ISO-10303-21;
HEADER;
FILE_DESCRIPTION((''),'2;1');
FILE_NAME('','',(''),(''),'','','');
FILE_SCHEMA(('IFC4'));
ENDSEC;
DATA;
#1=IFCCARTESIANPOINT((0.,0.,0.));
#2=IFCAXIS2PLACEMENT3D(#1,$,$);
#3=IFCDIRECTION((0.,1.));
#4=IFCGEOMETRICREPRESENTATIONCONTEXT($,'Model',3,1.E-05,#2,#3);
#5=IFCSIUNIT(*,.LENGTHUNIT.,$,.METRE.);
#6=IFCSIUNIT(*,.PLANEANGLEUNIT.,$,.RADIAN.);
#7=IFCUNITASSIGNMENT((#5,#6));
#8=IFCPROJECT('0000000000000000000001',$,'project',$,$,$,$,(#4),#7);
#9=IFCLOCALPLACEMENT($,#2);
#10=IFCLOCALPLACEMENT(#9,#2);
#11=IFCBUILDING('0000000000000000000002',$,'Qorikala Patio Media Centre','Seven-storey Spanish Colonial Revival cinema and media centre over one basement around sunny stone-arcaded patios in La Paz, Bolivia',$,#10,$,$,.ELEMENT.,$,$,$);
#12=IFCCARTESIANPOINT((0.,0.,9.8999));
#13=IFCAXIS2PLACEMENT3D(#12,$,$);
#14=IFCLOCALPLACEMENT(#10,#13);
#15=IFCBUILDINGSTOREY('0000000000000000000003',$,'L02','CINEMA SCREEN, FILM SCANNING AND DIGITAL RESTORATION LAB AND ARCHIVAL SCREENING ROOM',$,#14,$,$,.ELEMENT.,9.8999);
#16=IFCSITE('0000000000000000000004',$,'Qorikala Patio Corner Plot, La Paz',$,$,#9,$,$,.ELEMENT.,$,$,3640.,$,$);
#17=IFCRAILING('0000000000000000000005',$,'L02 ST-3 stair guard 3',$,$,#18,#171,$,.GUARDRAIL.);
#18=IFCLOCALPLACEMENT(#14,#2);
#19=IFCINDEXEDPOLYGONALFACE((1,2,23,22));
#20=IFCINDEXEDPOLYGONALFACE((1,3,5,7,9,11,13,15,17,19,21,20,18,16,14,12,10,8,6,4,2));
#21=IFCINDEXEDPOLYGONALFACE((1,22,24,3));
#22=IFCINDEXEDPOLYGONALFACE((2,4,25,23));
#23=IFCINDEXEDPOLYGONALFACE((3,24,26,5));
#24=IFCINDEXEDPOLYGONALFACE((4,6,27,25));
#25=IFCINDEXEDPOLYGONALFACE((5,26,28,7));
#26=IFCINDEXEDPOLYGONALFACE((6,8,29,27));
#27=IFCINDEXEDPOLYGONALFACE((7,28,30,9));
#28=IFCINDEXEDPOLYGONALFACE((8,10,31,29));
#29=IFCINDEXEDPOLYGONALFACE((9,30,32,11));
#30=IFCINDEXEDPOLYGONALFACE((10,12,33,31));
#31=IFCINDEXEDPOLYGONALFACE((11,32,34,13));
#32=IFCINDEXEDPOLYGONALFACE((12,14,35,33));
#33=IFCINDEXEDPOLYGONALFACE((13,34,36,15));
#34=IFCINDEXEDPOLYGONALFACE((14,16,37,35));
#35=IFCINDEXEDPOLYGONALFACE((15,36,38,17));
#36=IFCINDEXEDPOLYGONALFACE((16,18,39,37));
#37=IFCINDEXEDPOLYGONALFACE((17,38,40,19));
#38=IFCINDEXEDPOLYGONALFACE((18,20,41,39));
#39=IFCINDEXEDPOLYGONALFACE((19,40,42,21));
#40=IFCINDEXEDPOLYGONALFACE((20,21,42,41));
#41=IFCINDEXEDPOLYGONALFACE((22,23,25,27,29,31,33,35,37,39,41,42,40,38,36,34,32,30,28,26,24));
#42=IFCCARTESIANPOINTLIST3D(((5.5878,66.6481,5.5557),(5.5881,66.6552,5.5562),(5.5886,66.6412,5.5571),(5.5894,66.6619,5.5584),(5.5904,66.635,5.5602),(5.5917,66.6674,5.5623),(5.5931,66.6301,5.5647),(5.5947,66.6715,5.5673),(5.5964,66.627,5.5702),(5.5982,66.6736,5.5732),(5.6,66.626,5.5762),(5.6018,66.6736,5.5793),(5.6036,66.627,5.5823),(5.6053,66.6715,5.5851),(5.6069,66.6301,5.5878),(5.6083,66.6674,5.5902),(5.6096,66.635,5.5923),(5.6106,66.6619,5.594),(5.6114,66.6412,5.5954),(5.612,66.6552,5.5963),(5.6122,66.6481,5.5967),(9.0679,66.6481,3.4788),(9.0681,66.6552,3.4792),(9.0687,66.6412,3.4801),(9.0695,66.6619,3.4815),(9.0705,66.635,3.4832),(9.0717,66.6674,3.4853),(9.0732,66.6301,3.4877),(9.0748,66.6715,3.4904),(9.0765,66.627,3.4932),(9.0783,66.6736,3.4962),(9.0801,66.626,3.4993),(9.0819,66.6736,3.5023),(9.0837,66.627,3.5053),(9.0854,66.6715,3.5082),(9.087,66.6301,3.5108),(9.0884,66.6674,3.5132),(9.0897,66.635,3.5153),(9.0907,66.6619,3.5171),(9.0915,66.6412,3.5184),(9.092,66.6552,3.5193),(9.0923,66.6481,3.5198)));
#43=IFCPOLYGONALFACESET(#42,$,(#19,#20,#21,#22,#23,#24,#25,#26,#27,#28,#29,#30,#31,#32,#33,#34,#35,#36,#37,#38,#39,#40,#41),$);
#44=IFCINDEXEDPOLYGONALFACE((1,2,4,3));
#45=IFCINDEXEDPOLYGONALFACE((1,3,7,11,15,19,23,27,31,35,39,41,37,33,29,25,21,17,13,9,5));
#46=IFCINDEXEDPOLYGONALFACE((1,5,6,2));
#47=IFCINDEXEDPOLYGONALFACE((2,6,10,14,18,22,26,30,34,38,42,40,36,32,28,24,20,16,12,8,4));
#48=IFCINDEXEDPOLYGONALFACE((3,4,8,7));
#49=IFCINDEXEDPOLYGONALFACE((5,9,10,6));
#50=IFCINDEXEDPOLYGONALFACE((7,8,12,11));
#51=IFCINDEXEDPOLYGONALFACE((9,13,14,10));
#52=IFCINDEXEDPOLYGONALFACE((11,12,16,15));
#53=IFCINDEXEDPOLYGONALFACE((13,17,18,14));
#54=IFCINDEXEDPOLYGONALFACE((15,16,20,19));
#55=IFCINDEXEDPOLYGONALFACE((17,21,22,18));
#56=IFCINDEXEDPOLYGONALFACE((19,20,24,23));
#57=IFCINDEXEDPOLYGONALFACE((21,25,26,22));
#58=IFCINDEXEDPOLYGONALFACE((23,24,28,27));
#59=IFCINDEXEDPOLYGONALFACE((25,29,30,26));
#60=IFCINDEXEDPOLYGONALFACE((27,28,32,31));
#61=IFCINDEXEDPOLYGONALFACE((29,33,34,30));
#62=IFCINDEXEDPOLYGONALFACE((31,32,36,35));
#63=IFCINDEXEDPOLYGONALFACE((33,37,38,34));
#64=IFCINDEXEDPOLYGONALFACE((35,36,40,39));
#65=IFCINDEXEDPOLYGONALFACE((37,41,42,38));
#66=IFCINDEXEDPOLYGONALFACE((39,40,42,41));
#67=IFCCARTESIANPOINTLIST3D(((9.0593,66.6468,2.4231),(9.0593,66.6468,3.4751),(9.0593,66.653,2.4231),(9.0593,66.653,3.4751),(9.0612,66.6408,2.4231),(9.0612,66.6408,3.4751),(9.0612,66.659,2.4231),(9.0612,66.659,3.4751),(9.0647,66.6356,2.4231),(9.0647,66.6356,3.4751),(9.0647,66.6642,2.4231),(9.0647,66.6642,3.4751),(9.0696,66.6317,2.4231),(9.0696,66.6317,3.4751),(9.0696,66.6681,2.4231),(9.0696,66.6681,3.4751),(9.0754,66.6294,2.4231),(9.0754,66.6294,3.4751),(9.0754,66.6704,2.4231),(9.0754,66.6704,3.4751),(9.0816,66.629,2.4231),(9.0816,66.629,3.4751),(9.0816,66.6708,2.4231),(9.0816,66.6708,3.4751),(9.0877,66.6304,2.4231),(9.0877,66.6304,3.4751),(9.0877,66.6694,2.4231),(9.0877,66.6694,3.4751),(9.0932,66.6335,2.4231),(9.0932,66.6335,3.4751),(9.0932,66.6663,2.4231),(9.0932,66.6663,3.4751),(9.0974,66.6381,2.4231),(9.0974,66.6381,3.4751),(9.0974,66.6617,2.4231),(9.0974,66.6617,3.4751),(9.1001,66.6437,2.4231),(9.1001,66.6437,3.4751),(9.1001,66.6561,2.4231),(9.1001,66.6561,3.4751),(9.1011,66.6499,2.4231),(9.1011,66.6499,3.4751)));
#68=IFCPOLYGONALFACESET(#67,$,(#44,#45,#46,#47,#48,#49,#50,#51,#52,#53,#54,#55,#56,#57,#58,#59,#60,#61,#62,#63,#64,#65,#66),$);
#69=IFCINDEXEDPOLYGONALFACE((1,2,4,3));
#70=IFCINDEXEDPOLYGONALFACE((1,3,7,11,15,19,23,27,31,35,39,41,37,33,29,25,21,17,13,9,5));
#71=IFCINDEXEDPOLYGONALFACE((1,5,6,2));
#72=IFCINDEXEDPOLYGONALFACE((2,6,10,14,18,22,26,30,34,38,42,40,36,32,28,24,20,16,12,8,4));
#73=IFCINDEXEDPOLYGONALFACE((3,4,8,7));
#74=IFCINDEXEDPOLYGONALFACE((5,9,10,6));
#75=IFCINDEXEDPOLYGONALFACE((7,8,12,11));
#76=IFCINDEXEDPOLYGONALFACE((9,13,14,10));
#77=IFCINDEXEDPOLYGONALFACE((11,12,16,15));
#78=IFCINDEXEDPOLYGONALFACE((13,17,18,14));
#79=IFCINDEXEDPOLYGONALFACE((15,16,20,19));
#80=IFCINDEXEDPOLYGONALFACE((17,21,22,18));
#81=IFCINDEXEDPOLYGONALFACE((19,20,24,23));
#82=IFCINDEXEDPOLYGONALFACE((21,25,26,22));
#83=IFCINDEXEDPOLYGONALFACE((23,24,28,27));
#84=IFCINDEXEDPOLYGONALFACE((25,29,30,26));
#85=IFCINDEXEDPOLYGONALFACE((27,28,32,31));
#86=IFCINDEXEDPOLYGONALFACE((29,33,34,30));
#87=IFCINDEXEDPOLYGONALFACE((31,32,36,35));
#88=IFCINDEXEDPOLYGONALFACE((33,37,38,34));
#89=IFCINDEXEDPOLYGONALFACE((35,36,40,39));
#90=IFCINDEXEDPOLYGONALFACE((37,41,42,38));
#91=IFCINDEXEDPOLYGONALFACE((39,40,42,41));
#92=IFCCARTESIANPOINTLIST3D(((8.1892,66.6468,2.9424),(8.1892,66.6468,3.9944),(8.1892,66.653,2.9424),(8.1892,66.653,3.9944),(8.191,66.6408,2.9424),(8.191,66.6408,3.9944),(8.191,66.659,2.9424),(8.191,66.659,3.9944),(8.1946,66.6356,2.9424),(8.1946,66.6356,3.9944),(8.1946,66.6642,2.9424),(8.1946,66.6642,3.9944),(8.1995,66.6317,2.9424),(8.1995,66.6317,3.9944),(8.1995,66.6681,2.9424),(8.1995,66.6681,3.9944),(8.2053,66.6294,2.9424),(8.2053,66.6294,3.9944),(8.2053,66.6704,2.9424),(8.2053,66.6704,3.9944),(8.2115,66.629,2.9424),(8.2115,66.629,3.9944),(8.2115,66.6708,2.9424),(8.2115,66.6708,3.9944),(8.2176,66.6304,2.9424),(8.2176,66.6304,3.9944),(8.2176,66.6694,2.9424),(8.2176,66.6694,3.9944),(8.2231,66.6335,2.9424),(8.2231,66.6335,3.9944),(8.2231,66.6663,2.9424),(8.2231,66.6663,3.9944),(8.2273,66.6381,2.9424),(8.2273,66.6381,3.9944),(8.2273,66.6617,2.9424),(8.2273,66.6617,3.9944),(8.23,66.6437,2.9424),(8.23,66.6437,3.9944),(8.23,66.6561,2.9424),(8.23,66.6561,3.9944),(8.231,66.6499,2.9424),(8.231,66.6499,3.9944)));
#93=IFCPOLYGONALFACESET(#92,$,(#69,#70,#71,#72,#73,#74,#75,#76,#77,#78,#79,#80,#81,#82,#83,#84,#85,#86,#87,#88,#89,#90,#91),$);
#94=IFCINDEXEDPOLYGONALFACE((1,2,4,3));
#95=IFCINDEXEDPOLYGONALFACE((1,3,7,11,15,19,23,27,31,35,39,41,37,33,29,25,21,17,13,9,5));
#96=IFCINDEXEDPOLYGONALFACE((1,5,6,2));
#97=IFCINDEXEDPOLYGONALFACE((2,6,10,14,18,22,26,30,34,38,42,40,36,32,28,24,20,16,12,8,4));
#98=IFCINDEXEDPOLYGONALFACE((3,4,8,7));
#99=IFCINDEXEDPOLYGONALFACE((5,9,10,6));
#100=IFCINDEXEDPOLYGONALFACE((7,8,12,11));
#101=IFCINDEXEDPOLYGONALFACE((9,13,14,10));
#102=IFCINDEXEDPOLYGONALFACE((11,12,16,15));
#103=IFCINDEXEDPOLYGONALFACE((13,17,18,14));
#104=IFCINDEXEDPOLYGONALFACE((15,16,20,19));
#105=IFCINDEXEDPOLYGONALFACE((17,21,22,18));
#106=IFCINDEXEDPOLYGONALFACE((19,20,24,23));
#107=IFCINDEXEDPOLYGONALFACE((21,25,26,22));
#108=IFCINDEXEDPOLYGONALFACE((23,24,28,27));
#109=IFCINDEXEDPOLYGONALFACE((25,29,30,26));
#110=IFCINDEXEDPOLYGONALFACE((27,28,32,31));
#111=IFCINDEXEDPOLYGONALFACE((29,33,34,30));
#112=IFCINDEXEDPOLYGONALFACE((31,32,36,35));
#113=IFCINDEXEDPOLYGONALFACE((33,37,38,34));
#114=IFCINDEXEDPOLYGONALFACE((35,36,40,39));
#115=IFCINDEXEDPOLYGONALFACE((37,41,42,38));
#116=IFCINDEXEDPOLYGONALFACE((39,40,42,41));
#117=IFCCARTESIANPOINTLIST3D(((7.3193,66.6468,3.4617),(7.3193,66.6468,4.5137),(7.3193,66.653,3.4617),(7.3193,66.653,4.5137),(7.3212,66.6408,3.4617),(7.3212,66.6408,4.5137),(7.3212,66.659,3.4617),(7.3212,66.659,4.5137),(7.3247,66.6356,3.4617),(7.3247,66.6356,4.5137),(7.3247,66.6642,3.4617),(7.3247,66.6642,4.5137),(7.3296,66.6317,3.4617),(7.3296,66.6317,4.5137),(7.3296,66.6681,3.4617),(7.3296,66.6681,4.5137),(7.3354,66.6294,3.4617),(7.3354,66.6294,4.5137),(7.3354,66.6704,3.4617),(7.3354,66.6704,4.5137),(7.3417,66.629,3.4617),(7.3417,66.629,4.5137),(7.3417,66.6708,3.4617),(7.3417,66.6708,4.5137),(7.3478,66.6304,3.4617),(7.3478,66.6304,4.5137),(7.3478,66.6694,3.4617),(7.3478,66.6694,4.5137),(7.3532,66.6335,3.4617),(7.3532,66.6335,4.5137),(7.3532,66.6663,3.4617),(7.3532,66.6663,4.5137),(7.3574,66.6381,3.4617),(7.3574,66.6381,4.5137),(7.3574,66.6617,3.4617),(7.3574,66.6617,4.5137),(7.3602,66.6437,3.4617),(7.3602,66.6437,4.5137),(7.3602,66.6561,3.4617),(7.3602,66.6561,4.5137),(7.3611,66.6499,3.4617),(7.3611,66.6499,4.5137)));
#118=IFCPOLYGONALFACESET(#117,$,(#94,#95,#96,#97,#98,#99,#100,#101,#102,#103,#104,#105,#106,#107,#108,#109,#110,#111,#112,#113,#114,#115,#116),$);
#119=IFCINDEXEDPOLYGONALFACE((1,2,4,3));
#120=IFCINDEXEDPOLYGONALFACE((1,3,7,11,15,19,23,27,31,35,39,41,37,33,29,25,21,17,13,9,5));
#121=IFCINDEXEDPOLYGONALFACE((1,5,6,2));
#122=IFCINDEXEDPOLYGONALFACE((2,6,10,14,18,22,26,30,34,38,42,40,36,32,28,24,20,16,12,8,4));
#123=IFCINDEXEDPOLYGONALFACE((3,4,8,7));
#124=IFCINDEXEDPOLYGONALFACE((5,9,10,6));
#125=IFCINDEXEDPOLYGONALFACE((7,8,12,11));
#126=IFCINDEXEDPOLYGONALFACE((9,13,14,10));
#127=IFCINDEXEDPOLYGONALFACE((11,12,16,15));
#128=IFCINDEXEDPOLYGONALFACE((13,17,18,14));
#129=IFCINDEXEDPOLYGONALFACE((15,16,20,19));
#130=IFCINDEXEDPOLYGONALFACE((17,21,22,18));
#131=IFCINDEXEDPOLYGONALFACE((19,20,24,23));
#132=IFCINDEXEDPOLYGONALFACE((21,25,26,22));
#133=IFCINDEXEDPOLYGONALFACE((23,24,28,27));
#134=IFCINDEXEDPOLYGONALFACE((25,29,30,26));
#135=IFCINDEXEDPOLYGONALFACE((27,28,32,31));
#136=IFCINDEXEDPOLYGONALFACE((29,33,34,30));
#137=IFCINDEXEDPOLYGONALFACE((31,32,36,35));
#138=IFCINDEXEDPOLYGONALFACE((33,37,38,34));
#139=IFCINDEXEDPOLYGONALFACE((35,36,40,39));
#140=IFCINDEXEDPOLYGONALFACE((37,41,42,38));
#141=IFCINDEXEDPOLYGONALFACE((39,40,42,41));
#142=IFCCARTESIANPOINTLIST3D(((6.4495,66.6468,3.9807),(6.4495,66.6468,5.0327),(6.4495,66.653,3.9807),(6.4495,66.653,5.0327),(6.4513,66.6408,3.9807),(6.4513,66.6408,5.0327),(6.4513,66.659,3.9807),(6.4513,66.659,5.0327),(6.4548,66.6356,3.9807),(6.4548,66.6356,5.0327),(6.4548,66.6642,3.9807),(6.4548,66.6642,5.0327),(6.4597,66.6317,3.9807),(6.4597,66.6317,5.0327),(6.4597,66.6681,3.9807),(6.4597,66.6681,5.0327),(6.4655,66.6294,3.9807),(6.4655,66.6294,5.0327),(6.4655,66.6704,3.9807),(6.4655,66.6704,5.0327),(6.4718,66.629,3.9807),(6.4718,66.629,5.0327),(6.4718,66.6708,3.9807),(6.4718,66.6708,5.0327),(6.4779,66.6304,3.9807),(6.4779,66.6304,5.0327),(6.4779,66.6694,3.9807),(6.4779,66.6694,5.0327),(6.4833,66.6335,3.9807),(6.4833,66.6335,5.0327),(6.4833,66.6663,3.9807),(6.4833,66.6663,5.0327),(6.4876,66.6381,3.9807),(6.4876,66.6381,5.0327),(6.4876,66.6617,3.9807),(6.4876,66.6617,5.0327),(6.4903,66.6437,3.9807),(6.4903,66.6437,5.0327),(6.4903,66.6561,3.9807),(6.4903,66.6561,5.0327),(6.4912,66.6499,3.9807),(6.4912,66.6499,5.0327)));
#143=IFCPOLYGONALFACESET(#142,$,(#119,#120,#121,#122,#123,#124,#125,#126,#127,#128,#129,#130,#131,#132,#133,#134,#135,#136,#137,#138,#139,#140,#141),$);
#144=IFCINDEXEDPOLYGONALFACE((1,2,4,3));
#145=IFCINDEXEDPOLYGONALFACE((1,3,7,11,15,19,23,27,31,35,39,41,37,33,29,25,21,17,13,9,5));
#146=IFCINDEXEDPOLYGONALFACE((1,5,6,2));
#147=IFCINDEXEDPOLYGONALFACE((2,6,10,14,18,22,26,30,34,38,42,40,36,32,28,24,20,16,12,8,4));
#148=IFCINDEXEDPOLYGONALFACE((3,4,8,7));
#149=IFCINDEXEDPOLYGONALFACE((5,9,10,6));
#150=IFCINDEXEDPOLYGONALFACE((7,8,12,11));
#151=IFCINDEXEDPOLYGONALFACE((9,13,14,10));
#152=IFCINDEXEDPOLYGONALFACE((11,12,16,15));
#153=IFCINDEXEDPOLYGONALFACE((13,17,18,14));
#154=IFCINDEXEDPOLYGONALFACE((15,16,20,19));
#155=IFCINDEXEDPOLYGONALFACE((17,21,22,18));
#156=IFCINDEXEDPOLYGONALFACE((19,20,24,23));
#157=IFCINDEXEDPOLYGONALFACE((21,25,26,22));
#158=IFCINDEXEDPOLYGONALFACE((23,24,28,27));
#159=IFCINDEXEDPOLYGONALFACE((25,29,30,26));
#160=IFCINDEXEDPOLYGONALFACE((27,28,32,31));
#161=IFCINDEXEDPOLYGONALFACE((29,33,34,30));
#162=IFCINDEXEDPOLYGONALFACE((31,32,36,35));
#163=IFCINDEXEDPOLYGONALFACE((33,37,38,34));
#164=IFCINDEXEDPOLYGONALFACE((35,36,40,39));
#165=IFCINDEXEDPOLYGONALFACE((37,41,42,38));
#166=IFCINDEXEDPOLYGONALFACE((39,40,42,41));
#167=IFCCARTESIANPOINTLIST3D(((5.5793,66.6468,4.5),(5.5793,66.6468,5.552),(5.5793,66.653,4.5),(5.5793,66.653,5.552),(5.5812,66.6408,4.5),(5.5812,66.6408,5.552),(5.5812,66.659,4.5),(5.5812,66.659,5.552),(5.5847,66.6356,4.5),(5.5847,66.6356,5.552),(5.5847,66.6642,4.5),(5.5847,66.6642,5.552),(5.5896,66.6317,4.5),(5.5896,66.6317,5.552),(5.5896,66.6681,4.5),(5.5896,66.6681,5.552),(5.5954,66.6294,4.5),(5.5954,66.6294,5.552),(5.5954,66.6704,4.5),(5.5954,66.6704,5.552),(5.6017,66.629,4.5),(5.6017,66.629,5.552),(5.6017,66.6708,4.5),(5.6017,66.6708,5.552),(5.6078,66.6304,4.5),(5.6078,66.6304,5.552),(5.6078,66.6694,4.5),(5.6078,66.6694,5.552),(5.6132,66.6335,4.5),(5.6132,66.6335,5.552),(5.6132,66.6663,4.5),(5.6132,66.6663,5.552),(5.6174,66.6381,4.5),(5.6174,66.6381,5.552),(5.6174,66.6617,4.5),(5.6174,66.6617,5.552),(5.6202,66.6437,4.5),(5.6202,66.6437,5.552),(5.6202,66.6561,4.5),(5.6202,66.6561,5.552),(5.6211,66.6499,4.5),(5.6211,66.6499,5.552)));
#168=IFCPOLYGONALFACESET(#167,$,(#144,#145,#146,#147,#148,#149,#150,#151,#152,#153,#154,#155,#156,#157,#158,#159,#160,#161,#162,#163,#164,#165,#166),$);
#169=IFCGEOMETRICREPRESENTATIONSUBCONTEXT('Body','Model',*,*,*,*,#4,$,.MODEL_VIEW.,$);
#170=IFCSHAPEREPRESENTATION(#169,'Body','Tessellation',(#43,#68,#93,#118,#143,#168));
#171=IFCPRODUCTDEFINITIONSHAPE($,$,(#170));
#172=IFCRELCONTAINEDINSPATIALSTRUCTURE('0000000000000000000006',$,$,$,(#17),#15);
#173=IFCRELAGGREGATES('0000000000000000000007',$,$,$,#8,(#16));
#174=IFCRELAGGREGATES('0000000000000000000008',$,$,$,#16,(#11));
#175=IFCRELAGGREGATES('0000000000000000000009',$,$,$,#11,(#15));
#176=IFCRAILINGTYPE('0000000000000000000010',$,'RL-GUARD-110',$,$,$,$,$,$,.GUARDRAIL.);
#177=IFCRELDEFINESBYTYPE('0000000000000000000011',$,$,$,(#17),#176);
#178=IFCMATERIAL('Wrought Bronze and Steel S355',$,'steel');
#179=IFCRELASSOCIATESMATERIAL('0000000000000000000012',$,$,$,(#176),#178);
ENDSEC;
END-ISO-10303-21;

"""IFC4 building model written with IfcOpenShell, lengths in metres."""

from ifc_helpers import new_model, si_unit, direction, frame, origin, origin_2d, place, context, subcontext, project, spatial, circle, extrude, material, type_object, element, save


model = new_model("IFC4")

# Units and contexts
model_context = context("Model", 3, precision=1e-05, world=origin(), true_north=direction((0.0, 1.0)))
body_context = subcontext(model_context, "Body", "Model", "MODEL_VIEW")
ifc_project = project(units=[si_unit("LENGTHUNIT", "METRE"), si_unit("PLANEANGLEUNIT", "RADIAN")], contexts=[model_context])

# Site, building, storey
site_placement = place(None, origin())
site = spatial("IfcSite", under=ifc_project, at=site_placement, Name="Qorikala Patio Corner Plot, La Paz", CompositionType="ELEMENT", RefElevation=3640.0)
building_placement = place(site_placement, origin())
building = spatial("IfcBuilding", under=site, at=building_placement, Name="Qorikala Patio Media Centre", Description="Seven-storey Spanish Colonial Revival cinema and media centre over one basement around sunny stone-arcaded patios in La Paz, Bolivia", CompositionType="ELEMENT")
storey_placement = place(building_placement, frame((0.0, 0.0, 9.8999)))
storey = spatial("IfcBuildingStorey", under=building, at=storey_placement, Name="L02", Description="CINEMA SCREEN, FILM SCANNING AND DIGITAL RESTORATION LAB AND ARCHIVAL SCREENING ROOM", CompositionType="ELEMENT", Elevation=9.8999)

# Railing
ifc_material_1 = material(Name="Wrought Bronze and Steel S355", Category="steel")
railing_type_1 = type_object("IfcRailingType", Name="RL-GUARD-110", PredefinedType="GUARDRAIL", material=ifc_material_1)
railing_1_placement = place(storey_placement, frame((9.0801, 66.6499, 2.4231)))
element("IfcRailing", 1, at=railing_1_placement, inside=storey, type_object=railing_type_1, Name="L02 ST-3 stair guard 3", PredefinedType="GUARDRAIL", context=body_context, shape_type="SweptSolid", body=[
    extrude(circle(Radius=0.0239, at=origin_2d()), frame((0.0, 0.0, 1.0762), z_axis=(-0.858697, 0.0, 0.512483), x_axis=(0.0, -1.0, 0.0)), (0.0, 0.0, 1.0), 4.0527),
    extrude(circle(Radius=0.021, at=origin_2d()), origin(), (0.0, 0.0, 1.0), 1.052),
    extrude(circle(Radius=0.021, at=origin_2d()), frame((-0.8701, 0.0, 0.5193)), (0.0, 0.0, 1.0), 1.052),
    extrude(circle(Radius=0.021, at=origin_2d()), frame((-1.74, 0.0, 1.0386)), (0.0, 0.0, 1.0), 1.052),
    extrude(circle(Radius=0.021, at=origin_2d()), frame((-2.6099, 0.0, 1.5576)), (0.0, 0.0, 1.0), 1.052),
    extrude(circle(Radius=0.021, at=origin_2d()), frame((-3.48, 0.0, 2.0769)), (0.0, 0.0, 1.0), 1.052),
])

save(model, "model.ifc")
